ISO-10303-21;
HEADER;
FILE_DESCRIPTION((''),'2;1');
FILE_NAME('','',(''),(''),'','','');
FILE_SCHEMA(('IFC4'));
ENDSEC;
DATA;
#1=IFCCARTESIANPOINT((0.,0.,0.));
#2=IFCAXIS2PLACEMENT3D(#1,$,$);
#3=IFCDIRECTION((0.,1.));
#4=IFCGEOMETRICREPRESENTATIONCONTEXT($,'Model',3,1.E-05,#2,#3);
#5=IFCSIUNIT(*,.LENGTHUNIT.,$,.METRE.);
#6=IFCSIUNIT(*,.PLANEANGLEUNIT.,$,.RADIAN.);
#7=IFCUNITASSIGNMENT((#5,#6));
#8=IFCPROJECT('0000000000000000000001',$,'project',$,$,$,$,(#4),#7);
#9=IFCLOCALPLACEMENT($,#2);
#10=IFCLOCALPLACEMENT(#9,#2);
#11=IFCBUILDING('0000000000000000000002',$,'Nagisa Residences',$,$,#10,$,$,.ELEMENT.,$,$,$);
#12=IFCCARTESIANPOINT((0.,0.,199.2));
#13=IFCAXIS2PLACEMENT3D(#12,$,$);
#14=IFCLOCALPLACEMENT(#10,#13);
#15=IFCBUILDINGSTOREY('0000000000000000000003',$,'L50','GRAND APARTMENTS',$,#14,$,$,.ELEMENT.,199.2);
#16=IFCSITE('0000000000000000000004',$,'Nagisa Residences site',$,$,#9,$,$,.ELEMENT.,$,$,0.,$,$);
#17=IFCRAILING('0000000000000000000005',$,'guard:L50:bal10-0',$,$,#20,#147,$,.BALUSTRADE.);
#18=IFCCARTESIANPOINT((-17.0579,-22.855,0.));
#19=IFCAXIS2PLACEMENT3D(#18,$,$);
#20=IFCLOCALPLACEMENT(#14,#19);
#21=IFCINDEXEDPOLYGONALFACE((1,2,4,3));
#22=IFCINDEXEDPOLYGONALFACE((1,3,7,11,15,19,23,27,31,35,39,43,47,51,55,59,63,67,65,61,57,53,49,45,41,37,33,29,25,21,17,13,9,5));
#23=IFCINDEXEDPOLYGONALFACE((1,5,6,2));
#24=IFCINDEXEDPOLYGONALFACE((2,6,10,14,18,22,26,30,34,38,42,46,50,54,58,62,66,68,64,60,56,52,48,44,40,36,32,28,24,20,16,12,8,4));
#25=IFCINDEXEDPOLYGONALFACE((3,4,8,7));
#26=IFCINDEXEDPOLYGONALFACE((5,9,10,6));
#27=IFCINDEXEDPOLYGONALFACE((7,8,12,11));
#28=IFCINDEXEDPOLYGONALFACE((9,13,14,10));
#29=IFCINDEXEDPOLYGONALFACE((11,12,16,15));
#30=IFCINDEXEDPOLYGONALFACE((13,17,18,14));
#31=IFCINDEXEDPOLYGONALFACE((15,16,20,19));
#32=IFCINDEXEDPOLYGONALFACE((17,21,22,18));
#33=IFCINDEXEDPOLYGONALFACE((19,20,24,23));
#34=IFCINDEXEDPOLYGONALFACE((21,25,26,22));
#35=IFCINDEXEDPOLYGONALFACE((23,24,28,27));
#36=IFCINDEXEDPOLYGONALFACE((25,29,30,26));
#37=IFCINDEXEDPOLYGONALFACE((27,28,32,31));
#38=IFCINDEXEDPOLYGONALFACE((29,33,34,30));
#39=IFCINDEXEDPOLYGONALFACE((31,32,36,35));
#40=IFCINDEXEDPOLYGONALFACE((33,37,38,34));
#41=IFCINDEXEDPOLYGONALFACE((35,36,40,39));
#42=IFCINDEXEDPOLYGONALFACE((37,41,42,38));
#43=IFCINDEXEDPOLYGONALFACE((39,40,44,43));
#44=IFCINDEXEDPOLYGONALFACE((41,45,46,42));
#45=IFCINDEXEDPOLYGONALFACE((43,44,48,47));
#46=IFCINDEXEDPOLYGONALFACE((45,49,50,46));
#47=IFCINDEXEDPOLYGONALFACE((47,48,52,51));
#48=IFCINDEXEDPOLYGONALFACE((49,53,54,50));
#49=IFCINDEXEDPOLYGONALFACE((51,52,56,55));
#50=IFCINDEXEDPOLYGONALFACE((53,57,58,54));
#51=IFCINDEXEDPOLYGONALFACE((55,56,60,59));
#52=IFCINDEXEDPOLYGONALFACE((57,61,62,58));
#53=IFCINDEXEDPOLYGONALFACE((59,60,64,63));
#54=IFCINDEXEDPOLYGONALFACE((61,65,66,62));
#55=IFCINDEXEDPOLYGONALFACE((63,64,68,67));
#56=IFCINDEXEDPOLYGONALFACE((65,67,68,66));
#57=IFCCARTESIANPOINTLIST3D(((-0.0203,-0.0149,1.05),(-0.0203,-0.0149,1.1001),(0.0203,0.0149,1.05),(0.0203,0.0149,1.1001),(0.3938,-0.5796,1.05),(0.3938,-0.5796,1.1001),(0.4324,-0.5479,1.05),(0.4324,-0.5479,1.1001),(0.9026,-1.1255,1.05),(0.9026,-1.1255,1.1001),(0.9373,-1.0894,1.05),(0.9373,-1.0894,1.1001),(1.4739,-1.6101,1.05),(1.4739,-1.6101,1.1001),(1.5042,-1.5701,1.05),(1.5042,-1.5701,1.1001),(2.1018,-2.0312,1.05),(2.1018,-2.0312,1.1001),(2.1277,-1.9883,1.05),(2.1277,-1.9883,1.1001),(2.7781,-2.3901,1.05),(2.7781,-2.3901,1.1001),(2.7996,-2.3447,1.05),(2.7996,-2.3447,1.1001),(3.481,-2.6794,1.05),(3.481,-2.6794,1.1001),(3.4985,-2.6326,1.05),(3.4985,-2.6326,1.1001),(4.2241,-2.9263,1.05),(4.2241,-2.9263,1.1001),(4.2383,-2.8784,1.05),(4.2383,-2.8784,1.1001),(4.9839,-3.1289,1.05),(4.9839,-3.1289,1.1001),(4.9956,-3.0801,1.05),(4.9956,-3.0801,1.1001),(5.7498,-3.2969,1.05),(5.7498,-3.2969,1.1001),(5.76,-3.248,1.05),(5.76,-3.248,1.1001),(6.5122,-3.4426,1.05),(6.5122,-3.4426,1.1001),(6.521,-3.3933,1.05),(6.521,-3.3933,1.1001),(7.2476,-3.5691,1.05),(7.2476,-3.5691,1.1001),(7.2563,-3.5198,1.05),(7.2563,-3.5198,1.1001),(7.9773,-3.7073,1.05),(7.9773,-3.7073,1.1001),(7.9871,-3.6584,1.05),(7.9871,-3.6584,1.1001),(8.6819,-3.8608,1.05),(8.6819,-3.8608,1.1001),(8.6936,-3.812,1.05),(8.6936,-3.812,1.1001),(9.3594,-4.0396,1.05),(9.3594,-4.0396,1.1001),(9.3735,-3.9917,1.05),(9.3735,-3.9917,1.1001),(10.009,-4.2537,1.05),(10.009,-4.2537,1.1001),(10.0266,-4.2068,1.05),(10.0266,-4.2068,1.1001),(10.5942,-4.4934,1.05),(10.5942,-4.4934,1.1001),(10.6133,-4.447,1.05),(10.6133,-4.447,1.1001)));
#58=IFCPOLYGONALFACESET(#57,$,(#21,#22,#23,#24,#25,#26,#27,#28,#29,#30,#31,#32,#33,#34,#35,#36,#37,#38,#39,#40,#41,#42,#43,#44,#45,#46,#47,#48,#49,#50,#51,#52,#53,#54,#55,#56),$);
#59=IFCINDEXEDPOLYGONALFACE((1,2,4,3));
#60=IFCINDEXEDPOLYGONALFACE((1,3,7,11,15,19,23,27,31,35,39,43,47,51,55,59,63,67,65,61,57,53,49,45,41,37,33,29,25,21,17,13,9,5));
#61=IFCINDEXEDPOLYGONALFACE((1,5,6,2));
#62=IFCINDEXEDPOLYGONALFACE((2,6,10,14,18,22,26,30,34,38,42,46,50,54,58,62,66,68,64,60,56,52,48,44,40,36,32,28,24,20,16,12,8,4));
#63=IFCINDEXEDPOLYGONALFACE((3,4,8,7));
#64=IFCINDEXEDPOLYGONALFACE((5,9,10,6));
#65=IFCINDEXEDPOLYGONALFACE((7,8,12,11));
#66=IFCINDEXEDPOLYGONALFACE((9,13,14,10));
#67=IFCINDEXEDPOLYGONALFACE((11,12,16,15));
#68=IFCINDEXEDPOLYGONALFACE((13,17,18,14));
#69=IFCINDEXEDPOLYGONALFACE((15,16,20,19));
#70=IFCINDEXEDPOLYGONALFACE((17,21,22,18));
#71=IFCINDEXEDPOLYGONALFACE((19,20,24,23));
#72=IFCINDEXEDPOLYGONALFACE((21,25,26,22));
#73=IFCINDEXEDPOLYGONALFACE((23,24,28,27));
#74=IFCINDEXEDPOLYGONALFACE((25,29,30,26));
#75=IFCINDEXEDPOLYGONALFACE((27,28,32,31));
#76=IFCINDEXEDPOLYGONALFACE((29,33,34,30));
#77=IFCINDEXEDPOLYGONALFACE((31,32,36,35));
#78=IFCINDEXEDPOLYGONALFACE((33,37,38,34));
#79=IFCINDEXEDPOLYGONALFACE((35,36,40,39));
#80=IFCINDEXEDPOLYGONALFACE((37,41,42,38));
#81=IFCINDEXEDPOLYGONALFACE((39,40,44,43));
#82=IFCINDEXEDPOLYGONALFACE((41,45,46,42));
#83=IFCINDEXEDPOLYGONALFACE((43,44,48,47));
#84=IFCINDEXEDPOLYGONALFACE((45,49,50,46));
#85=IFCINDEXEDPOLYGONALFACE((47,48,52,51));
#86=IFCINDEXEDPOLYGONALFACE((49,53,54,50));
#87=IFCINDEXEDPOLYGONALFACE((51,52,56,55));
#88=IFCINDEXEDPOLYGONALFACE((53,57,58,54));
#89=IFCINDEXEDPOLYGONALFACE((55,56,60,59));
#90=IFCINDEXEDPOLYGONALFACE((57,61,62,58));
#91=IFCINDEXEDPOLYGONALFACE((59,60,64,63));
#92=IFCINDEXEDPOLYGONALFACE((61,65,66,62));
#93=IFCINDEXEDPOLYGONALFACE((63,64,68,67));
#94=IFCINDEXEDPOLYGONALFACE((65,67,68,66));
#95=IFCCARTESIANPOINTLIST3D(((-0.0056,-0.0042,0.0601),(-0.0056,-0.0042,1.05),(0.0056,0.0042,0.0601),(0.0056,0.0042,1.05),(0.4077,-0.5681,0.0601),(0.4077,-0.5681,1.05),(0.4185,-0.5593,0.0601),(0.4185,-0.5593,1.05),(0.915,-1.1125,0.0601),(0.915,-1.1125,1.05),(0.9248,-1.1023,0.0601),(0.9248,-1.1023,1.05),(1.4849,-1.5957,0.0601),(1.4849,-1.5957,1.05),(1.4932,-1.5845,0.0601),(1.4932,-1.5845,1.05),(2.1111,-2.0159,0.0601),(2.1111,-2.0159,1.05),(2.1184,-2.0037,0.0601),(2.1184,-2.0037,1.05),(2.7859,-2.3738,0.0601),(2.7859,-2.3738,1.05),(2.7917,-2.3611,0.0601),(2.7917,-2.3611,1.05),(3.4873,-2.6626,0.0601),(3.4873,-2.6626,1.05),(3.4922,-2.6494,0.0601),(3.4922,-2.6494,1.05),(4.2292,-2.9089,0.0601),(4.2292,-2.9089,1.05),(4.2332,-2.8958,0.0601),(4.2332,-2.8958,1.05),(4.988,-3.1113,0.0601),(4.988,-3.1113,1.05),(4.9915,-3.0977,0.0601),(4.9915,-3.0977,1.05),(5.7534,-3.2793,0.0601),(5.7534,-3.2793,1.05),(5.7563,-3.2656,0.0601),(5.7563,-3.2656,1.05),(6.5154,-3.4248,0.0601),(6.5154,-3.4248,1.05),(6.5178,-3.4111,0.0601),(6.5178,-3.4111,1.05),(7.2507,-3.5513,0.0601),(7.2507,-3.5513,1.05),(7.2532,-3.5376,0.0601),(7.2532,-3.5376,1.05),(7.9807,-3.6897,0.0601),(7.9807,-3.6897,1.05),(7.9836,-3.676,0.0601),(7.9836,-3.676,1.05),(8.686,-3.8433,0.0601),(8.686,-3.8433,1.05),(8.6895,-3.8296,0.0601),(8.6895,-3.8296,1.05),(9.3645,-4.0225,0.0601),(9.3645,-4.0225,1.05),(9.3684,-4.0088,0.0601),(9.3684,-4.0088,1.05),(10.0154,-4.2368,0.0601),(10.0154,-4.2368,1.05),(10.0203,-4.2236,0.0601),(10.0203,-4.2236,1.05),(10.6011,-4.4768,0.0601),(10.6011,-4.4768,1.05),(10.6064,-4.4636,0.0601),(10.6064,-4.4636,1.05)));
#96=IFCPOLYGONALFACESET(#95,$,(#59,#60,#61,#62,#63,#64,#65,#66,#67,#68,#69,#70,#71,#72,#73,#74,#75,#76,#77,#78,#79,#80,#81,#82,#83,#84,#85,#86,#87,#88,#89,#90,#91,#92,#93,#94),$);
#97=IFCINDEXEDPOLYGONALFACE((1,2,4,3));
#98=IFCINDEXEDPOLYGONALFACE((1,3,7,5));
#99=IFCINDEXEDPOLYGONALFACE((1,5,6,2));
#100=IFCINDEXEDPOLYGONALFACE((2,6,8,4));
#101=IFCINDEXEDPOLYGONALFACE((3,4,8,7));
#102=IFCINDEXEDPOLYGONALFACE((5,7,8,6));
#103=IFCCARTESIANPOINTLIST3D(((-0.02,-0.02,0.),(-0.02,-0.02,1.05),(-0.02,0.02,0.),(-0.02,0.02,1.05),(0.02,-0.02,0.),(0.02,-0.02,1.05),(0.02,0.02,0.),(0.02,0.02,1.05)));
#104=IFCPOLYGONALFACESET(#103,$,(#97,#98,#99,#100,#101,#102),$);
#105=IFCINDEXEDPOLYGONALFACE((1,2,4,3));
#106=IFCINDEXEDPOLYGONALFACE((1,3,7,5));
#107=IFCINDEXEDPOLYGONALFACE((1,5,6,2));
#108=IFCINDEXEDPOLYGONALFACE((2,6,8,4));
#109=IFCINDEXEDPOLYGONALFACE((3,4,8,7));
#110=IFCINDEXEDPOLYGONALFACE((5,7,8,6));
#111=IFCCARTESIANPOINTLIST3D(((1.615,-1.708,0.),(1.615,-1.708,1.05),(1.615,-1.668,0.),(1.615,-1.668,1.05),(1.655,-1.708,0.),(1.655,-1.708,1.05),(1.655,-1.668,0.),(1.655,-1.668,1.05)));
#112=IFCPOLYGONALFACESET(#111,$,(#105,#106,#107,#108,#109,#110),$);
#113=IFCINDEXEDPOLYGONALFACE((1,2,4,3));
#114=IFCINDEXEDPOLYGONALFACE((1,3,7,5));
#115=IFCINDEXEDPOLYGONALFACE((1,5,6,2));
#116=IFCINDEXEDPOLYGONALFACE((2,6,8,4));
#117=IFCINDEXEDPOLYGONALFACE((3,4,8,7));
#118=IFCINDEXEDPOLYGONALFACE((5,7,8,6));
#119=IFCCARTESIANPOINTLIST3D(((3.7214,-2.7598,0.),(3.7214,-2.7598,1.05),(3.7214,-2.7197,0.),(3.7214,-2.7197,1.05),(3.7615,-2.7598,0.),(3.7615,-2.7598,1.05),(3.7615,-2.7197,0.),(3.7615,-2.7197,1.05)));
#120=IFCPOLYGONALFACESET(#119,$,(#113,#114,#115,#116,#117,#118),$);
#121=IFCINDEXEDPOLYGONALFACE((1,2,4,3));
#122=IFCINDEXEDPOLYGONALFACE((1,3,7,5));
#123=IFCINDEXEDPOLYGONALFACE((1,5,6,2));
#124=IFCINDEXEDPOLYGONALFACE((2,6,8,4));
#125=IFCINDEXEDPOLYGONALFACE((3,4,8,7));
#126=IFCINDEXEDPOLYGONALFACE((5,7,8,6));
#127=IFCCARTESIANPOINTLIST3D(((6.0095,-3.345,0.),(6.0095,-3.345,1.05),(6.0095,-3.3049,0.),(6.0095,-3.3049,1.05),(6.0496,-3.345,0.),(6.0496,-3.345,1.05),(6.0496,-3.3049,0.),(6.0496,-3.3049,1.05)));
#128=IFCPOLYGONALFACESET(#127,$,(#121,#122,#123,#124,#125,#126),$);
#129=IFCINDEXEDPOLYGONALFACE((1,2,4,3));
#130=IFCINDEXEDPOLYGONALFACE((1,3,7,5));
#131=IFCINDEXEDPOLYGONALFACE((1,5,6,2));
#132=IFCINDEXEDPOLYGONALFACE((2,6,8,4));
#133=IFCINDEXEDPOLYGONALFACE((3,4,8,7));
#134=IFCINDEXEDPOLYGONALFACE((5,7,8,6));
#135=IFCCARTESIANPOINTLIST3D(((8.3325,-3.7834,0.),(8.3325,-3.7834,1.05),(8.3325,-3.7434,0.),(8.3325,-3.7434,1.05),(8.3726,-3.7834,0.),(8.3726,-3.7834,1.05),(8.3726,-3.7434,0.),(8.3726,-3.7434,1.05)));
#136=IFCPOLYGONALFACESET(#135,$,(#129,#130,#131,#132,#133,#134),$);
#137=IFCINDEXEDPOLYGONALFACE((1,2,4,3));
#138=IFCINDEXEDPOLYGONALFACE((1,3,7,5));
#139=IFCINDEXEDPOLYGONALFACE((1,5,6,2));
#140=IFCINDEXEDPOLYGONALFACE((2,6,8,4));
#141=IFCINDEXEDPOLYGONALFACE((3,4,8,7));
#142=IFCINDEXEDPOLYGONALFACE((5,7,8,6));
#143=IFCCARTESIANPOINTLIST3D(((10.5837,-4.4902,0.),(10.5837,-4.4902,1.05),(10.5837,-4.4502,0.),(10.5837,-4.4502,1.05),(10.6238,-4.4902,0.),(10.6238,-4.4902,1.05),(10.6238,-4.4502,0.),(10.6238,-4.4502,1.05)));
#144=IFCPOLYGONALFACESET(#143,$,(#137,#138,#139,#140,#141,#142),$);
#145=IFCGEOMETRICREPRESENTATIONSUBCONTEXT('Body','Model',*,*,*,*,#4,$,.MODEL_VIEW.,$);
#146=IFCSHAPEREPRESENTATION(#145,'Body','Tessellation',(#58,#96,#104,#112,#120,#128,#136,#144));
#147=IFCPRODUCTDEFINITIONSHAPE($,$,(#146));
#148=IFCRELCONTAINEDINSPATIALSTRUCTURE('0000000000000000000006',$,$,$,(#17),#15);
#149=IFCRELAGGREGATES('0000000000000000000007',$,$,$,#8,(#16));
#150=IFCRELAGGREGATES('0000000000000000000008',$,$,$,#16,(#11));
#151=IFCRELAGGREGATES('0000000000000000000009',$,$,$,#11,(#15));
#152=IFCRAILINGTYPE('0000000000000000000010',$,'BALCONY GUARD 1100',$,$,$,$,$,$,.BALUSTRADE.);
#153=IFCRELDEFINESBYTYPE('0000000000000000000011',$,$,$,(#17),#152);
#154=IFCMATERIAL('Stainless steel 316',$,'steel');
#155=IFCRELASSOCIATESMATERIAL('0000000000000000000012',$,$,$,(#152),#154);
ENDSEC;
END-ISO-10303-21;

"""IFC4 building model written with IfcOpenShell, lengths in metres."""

from ifc_helpers import new_model, si_unit, direction, frame, origin, origin_2d, place, context, subcontext, project, spatial, polyline, rectangle, outline, extrude, material, type_object, element, save


model = new_model("IFC4")

# Units and contexts
model_context = context("Model", 3, precision=1e-05, world=origin(), true_north=direction((0.0, 1.0)))
body_context = subcontext(model_context, "Body", "Model", "MODEL_VIEW")
ifc_project = project(units=[si_unit("LENGTHUNIT", "METRE"), si_unit("PLANEANGLEUNIT", "RADIAN")], contexts=[model_context])

# Site, building, storey
site_placement = place(None, origin())
site = spatial("IfcSite", under=ifc_project, at=site_placement, Name="Nagisa Residences site", CompositionType="ELEMENT", RefElevation=0.0)
building_placement = place(site_placement, origin())
building = spatial("IfcBuilding", under=site, at=building_placement, Name="Nagisa Residences", CompositionType="ELEMENT")
storey_placement = place(building_placement, frame((0.0, 0.0, 199.2)))
storey = spatial("IfcBuildingStorey", under=building, at=storey_placement, Name="L50", Description="GRAND APARTMENTS", CompositionType="ELEMENT", Elevation=199.2)

# Railing
ifc_material_1 = material(Name="Stainless steel 316", Category="steel")
railing_type = type_object("IfcRailingType", Name="BALCONY GUARD 1100", PredefinedType="BALUSTRADE", material=ifc_material_1)
railing_1_placement = place(storey_placement, frame((-17.0579, -22.855, 0.0)))
element("IfcRailing", 1, at=railing_1_placement, inside=storey, type_object=railing_type, Name="guard:L50:bal10-0", PredefinedType="BALUSTRADE", context=body_context, shape_type="SweptSolid", body=[
    extrude(outline(polyline([(0.4324, -0.5479), (0.0203, 0.0149), (-0.0203, -0.0149), (0.3938, -0.5796), (0.9026, -1.1255), (1.4739, -1.6101), (2.1018, -2.0312), (2.7781, -2.3901), (3.481, -2.6794), (4.2241, -2.9263), (4.9839, -3.1289), (5.7498, -3.2969), (6.5122, -3.4426), (7.2476, -3.5691), (7.9773, -3.7073), (8.6819, -3.8608), (9.3594, -4.0396), (10.009, -4.2537), (10.5942, -4.4934), (10.6133, -4.447), (10.0266, -4.2068), (9.3735, -3.9917), (8.6936, -3.812), (7.9871, -3.6584), (7.2563, -3.5198), (6.521, -3.3933), (5.76, -3.248), (4.9956, -3.0801), (4.2383, -2.8784), (3.4985, -2.6326), (2.7996, -2.3447), (2.1277, -1.9883), (1.5042, -1.5701), (0.9373, -1.0894), (0.4324, -0.5479)])), frame((0.0, 0.0, 1.05)), (0.0, 0.0, 1.0), 0.05),
    extrude(outline(polyline([(0.4185, -0.5593), (0.0056, 0.0042), (-0.0056, -0.0042), (0.4077, -0.5681), (0.915, -1.1125), (1.4849, -1.5957), (2.1111, -2.0159), (2.7859, -2.3738), (3.4873, -2.6626), (4.2292, -2.9089), (4.988, -3.1113), (5.7534, -3.2793), (6.5154, -3.4248), (7.2507, -3.5513), (7.9807, -3.6897), (8.686, -3.8433), (9.3645, -4.0225), (10.0154, -4.2368), (10.6011, -4.4768), (10.6064, -4.4636), (10.0203, -4.2236), (9.3684, -4.0088), (8.6895, -3.8296), (7.9836, -3.676), (7.2532, -3.5376), (6.5178, -3.4111), (5.7563, -3.2656), (4.9915, -3.0977), (4.2332, -2.8958), (3.4922, -2.6494), (2.7917, -2.3611), (2.1184, -2.0037), (1.4932, -1.5845), (0.9248, -1.1023), (0.4185, -0.5593)])), frame((0.0, 0.0, 0.0601)), (0.0, 0.0, 1.0), 0.99),
    extrude(rectangle(XDim=0.04, YDim=0.04, at=origin_2d()), origin(), (0.0, 0.0, 1.0), 1.05),
    extrude(rectangle(XDim=0.04, YDim=0.04, at=origin_2d()), frame((1.635, -1.688, 0.0)), (0.0, 0.0, 1.0), 1.05),
    extrude(rectangle(XDim=0.04, YDim=0.04, at=origin_2d()), frame((3.7415, -2.7397, 0.0)), (0.0, 0.0, 1.0), 1.05),
    extrude(rectangle(XDim=0.04, YDim=0.04, at=origin_2d()), frame((6.0295, -3.325, 0.0)), (0.0, 0.0, 1.0), 1.05),
    extrude(rectangle(XDim=0.04, YDim=0.04, at=origin_2d()), frame((8.3525, -3.7634, 0.0)), (0.0, 0.0, 1.0), 1.05),
    extrude(rectangle(XDim=0.04, YDim=0.04, at=origin_2d()), frame((10.6038, -4.4702, 0.0)), (0.0, 0.0, 1.0), 1.05),
])

save(model, "model.ifc")
